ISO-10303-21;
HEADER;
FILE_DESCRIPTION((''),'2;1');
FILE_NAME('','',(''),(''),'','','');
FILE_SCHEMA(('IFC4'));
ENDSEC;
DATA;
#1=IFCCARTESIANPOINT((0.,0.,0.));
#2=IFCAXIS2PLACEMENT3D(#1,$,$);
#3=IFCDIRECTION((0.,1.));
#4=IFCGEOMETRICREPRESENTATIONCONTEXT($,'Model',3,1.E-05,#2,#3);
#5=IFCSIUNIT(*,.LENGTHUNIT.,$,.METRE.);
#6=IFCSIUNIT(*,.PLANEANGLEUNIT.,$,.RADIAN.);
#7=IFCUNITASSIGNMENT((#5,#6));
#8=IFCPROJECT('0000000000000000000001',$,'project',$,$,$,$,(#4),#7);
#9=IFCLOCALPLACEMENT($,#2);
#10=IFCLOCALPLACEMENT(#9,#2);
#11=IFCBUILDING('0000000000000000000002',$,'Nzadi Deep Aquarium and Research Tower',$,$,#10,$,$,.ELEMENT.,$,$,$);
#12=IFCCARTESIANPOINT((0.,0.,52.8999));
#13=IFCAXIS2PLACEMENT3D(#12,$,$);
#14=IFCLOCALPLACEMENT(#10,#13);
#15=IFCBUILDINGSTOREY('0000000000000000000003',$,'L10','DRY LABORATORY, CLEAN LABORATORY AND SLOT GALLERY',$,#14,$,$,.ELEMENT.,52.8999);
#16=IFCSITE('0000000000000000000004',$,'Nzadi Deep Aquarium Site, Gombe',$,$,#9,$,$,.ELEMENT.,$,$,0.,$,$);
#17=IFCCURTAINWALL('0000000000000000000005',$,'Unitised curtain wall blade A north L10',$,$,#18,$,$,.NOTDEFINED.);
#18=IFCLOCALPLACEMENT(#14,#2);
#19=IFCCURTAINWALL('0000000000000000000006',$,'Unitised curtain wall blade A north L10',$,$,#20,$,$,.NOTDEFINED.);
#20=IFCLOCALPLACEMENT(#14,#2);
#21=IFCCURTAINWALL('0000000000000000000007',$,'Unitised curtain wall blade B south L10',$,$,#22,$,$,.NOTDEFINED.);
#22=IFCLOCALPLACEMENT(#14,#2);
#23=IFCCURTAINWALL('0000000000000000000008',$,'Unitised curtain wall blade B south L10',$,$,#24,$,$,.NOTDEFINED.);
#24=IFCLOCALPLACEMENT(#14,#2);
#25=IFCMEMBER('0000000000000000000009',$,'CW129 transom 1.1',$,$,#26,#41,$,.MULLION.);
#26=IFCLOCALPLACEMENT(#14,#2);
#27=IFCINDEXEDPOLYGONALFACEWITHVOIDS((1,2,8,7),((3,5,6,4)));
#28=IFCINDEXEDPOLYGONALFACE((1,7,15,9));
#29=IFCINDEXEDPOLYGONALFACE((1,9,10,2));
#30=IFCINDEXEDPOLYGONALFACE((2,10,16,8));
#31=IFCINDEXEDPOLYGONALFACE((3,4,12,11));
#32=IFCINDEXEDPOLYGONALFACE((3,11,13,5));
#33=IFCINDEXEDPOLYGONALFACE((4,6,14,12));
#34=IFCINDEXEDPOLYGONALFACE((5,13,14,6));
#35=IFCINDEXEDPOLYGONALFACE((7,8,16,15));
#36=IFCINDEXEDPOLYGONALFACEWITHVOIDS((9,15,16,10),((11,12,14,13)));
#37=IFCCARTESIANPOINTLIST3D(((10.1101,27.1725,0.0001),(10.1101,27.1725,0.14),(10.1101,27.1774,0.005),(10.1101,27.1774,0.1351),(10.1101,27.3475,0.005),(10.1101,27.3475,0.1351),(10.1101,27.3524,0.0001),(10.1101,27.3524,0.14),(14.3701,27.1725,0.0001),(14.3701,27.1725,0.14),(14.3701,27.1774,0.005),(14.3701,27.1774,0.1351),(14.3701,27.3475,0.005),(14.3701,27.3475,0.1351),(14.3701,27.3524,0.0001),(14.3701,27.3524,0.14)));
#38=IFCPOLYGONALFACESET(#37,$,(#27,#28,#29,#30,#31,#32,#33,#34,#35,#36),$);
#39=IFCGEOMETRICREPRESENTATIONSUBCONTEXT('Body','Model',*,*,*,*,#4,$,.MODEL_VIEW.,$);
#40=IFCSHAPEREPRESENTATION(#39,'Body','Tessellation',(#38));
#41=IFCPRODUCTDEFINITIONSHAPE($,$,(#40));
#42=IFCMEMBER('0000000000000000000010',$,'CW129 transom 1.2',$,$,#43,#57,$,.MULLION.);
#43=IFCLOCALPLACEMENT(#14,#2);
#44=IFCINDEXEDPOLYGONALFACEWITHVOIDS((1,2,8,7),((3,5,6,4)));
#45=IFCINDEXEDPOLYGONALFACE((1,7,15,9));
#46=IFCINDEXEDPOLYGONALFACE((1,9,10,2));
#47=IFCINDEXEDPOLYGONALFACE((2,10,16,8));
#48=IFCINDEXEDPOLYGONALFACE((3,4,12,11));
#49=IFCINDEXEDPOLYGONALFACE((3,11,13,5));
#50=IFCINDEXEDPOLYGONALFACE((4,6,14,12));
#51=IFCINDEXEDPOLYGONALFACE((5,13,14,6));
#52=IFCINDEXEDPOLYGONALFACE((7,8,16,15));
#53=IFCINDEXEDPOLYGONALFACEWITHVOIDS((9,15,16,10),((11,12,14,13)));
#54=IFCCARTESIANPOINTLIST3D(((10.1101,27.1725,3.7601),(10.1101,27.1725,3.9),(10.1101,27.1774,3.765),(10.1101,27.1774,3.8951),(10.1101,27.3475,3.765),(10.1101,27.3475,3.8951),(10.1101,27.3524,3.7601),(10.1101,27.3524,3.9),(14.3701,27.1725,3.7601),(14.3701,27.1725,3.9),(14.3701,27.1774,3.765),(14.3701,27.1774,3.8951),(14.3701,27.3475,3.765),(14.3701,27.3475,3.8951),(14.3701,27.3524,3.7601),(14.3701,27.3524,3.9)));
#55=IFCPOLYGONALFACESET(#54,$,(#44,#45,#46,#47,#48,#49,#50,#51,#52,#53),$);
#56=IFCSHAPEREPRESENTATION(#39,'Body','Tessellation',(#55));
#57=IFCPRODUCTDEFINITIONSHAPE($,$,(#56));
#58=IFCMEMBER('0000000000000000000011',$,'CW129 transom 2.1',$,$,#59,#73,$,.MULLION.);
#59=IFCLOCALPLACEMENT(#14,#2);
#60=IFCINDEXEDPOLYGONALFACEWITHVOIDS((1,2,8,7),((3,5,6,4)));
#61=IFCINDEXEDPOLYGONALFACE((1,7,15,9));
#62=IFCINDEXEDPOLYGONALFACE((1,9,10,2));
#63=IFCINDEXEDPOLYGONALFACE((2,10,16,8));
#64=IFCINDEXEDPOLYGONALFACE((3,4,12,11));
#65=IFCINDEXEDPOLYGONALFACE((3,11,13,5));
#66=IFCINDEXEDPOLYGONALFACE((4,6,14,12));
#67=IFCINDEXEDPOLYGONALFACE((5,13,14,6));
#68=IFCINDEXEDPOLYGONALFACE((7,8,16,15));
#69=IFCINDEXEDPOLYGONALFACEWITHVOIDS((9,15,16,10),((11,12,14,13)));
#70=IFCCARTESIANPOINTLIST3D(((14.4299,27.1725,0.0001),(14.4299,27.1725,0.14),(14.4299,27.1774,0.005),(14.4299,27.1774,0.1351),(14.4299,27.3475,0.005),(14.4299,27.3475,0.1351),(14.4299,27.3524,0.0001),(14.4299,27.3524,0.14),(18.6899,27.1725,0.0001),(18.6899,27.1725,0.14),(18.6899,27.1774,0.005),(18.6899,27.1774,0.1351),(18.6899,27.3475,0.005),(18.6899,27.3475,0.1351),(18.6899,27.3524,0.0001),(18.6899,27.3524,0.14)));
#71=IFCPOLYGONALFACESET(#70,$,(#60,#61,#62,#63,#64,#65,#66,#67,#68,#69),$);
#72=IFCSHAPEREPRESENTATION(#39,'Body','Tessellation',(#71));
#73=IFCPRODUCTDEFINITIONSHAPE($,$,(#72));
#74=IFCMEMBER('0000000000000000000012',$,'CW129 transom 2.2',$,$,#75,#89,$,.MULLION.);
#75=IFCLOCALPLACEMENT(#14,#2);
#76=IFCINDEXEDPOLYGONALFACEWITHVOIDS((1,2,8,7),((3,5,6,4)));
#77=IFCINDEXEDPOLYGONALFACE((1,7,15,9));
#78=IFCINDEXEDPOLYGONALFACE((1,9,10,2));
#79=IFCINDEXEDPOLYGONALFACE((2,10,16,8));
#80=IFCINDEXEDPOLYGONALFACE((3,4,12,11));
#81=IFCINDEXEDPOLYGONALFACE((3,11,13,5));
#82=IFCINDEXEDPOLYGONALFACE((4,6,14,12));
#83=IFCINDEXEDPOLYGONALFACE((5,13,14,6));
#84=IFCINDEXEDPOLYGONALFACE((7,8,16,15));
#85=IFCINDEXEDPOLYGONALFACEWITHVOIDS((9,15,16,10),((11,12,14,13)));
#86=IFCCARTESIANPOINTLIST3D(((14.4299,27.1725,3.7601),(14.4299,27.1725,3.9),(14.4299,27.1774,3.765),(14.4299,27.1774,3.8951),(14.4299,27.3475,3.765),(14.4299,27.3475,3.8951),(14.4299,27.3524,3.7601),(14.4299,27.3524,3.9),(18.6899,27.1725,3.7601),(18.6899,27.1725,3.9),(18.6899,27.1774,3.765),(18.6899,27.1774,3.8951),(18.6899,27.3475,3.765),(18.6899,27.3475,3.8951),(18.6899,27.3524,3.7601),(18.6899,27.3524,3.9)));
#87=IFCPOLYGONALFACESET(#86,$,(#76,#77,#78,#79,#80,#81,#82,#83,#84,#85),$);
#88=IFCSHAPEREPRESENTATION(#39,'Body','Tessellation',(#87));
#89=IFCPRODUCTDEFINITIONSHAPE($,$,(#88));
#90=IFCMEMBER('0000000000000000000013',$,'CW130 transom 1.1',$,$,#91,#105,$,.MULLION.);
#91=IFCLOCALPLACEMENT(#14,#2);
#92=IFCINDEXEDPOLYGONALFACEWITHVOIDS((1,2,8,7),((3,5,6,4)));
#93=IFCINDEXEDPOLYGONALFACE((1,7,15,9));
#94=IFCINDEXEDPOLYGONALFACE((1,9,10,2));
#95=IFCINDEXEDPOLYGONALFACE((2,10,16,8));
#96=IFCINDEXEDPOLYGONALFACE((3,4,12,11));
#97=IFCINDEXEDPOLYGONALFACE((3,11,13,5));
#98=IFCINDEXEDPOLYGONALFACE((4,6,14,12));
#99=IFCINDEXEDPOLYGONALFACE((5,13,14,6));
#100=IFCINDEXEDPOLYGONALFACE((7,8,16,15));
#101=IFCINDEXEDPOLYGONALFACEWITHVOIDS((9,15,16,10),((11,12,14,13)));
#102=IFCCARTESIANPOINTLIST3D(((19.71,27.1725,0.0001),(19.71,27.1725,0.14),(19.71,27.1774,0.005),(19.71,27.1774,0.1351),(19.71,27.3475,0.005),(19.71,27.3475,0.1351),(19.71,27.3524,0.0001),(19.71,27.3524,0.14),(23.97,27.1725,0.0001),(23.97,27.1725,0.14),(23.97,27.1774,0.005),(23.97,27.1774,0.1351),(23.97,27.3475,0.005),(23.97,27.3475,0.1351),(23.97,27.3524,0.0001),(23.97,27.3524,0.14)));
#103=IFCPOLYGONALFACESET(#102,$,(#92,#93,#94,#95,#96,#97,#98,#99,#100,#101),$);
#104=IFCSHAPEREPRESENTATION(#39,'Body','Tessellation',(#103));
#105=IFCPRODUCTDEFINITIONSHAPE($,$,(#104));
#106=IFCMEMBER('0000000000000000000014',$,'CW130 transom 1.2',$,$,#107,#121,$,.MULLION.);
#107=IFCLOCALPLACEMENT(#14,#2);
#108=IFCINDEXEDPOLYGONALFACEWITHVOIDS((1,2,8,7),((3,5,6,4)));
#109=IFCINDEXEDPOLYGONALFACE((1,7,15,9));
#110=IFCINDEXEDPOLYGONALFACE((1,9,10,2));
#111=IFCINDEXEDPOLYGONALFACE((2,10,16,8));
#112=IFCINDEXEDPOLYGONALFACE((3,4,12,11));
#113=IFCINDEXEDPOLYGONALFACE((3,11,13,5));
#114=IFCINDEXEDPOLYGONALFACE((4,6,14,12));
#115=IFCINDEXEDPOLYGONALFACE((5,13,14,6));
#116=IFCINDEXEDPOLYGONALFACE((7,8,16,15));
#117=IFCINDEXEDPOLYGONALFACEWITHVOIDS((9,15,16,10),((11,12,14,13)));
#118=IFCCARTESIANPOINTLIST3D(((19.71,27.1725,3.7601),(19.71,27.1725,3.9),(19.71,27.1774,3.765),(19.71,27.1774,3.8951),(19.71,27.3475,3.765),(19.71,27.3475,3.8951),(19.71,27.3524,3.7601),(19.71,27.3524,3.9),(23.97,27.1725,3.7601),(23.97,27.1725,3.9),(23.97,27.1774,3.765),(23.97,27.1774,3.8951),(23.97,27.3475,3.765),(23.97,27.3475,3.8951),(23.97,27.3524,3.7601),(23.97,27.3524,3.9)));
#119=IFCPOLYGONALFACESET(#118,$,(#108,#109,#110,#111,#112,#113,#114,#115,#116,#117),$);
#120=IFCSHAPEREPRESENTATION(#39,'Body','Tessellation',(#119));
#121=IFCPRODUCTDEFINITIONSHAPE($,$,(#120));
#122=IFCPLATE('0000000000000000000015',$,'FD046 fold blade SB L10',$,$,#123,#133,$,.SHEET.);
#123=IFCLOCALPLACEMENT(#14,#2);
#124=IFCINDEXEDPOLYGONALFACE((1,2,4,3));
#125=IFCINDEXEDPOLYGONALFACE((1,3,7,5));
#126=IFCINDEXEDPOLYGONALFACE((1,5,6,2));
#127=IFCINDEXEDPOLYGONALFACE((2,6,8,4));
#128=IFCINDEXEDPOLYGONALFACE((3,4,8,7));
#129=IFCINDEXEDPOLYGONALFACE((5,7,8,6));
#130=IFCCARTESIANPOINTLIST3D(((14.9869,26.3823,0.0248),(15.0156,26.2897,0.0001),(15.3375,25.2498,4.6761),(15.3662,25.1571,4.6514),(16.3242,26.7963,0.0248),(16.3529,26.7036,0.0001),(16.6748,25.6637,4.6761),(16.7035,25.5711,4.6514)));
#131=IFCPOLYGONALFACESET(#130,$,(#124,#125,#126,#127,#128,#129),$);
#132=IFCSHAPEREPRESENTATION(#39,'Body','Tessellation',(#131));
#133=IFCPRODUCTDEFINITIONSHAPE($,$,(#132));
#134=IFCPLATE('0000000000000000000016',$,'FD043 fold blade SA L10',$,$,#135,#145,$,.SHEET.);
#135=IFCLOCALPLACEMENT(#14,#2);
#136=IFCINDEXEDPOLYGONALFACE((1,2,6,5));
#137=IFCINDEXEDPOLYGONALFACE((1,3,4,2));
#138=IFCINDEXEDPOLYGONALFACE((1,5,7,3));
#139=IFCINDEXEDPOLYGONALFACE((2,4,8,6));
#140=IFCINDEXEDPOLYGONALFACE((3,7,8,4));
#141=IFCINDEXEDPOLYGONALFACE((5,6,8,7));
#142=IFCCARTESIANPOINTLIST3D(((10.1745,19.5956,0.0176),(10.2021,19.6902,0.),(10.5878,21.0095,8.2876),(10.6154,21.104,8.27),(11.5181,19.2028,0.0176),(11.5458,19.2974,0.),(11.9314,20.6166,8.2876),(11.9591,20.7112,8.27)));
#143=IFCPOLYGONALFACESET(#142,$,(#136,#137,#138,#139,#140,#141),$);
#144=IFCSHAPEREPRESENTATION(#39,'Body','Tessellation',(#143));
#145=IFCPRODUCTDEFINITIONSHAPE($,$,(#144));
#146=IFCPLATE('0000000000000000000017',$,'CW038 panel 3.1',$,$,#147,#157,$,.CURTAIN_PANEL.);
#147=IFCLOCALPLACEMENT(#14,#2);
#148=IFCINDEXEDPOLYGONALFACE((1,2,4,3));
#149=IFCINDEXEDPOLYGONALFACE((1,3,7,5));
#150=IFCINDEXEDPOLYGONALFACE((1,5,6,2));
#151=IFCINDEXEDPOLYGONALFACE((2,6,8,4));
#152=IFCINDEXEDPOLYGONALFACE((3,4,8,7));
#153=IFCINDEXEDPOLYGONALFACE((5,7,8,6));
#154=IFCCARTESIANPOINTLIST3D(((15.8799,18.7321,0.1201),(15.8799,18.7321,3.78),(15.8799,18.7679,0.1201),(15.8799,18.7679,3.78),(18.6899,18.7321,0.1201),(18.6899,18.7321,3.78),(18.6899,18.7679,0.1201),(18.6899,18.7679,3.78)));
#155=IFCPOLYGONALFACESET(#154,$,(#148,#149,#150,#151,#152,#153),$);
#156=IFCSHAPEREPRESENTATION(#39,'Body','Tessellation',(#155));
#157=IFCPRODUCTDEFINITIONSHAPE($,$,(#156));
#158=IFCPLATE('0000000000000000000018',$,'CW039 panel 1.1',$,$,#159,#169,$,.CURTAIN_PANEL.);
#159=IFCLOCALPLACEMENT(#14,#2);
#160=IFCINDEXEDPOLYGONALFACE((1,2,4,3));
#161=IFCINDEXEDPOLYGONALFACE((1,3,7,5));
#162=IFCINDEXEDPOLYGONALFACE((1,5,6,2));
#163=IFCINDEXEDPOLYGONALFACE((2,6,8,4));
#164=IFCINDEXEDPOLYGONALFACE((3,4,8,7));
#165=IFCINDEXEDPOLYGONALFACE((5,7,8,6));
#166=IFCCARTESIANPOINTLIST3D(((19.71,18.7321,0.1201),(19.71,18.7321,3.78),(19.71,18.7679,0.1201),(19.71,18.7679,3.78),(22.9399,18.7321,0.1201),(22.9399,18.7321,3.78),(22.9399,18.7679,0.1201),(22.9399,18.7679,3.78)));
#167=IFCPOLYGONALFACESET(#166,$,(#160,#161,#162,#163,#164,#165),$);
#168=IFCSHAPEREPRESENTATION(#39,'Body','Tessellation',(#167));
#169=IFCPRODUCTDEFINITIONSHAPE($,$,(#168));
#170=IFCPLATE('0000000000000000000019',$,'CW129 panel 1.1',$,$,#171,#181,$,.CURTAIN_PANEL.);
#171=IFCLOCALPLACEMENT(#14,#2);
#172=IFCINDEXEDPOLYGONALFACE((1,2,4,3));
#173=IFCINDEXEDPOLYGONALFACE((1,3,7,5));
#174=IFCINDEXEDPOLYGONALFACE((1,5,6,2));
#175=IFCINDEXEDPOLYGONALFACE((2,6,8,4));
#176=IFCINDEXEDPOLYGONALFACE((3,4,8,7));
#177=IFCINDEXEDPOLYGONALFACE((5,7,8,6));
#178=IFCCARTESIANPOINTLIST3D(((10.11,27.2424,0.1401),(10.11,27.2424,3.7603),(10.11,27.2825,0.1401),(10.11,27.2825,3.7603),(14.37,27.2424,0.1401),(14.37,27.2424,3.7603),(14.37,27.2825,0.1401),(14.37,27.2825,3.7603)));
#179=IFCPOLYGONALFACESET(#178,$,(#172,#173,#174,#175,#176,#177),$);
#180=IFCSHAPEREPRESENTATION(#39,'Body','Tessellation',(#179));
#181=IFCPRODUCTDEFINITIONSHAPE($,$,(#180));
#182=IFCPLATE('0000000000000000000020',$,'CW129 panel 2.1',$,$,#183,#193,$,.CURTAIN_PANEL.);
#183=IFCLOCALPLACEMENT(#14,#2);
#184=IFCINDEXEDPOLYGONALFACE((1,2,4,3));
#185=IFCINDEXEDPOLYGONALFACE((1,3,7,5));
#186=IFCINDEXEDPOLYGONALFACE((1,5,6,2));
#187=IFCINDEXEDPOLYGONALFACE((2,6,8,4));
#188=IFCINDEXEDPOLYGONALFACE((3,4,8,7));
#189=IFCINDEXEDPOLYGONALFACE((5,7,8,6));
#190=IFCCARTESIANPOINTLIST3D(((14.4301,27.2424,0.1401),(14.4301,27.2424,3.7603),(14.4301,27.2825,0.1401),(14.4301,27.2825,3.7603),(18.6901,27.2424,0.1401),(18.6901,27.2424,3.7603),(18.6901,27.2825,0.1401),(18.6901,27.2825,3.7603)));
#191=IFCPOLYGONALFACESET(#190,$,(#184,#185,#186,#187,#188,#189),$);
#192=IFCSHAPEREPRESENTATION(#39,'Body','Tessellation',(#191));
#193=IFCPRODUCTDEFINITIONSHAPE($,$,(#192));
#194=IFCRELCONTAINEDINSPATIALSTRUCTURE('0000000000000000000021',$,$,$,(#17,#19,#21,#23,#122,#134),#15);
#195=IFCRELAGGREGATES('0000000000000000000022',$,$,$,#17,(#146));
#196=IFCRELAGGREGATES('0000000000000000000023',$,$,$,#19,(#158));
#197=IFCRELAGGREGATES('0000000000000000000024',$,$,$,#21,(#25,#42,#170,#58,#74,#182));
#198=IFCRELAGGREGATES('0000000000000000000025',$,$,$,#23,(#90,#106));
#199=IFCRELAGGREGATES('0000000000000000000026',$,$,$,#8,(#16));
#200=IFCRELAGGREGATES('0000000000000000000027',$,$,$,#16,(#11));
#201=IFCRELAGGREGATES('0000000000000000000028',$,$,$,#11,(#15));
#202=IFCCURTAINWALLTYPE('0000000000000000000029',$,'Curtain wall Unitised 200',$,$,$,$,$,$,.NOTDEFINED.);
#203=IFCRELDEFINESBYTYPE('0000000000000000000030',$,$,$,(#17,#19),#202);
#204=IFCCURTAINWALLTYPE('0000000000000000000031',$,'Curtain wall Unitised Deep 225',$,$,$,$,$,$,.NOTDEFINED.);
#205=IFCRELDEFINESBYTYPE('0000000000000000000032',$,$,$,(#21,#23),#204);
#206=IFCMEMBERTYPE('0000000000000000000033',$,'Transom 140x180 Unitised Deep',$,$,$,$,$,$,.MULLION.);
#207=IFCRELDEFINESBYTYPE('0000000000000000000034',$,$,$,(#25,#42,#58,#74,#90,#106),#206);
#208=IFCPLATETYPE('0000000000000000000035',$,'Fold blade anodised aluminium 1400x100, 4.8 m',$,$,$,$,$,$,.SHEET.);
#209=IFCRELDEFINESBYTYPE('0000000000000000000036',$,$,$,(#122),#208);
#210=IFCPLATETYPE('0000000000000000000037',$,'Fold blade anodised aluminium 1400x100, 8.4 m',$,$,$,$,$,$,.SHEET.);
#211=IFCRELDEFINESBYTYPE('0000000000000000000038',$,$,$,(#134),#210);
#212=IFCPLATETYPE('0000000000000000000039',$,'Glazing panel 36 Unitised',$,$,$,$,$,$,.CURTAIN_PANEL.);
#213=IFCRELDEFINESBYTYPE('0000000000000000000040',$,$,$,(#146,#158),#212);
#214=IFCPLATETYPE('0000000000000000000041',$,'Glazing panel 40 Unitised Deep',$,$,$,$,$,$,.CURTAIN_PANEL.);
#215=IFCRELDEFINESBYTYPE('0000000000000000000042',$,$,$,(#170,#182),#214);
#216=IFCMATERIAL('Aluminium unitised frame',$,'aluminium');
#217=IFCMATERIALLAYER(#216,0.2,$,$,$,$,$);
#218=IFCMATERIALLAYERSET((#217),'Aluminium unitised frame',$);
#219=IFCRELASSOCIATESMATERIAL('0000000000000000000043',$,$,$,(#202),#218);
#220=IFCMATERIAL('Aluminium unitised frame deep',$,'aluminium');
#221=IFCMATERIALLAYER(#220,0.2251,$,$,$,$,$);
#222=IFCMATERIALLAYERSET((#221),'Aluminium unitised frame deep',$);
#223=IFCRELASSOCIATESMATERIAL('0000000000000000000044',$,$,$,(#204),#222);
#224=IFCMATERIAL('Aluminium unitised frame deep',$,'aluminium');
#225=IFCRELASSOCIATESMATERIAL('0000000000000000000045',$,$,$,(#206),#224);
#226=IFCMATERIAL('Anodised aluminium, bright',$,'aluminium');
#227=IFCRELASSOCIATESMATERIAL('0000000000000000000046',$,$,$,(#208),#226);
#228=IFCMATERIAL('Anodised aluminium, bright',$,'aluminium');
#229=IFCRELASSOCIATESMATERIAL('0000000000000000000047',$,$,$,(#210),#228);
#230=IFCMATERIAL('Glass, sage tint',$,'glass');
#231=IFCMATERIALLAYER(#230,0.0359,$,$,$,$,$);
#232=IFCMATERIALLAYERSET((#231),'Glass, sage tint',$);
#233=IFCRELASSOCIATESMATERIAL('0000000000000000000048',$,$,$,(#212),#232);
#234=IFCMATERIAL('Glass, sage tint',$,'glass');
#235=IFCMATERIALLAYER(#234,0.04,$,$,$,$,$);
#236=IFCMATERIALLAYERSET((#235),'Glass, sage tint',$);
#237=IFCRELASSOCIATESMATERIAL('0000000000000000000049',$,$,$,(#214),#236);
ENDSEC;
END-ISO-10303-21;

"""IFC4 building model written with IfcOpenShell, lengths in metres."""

from ifc_helpers import new_model, si_unit, direction, frame, origin, origin_2d, place, context, subcontext, project, spatial, rectangle, hollow_rectangle, extrude, material, layer, layer_set, material_profile, profile_set, type_object, element, aggregate, save


model = new_model("IFC4")

# Units and contexts
model_context = context("Model", 3, precision=1e-05, world=origin(), true_north=direction((0.0, 1.0)))
body_context = subcontext(model_context, "Body", "Model", "MODEL_VIEW")
ifc_project = project(units=[si_unit("LENGTHUNIT", "METRE"), si_unit("PLANEANGLEUNIT", "RADIAN")], contexts=[model_context])

# Site, building, storey
site_placement = place(None, origin())
site = spatial("IfcSite", under=ifc_project, at=site_placement, Name="Nzadi Deep Aquarium Site, Gombe", CompositionType="ELEMENT", RefElevation=0.0)
building_placement = place(site_placement, origin())
building = spatial("IfcBuilding", under=site, at=building_placement, Name="Nzadi Deep Aquarium and Research Tower", CompositionType="ELEMENT")
storey_placement = place(building_placement, frame((0.0, 0.0, 52.8999)))
storey = spatial("IfcBuildingStorey", under=building, at=storey_placement, Name="L10", Description="DRY LABORATORY, CLEAN LABORATORY AND SLOT GALLERY", CompositionType="ELEMENT", Elevation=52.8999)

# Curtain wall
ifc_material_1 = material(Name="Aluminium unitised frame", Category="aluminium")
ifc_layer_1 = layer(ifc_material_1, 0.2)
ifc_layer_set_1 = layer_set([ifc_layer_1], Name="Aluminium unitised frame")
curtain_wall_type_1 = type_object("IfcCurtainWallType", Name="Curtain wall Unitised 200", PredefinedType="NOTDEFINED", material=ifc_layer_set_1)
curtain_wall_1_placement = place(storey_placement, origin())
curtain_wall_1 = element("IfcCurtainWall", 1, at=curtain_wall_1_placement, inside=storey, type_object=curtain_wall_type_1, Name="Unitised curtain wall blade A north L10", PredefinedType="NOTDEFINED")

# Curtain walls
curtain_wall_2_placement = place(storey_placement, origin())
curtain_wall_2 = element("IfcCurtainWall", 2, at=curtain_wall_2_placement, inside=storey, type_object=curtain_wall_type_1, Name="Unitised curtain wall blade A north L10", PredefinedType="NOTDEFINED")
ifc_material_2 = material(Name="Aluminium unitised frame deep", Category="aluminium")
ifc_layer_2 = layer(ifc_material_2, 0.2251)
ifc_layer_set_2 = layer_set([ifc_layer_2], Name="Aluminium unitised frame deep")
curtain_wall_type_2 = type_object("IfcCurtainWallType", Name="Curtain wall Unitised Deep 225", PredefinedType="NOTDEFINED", material=ifc_layer_set_2)
curtain_wall_3_placement = place(storey_placement, origin())
curtain_wall_3 = element("IfcCurtainWall", 3, at=curtain_wall_3_placement, inside=storey, type_object=curtain_wall_type_2, Name="Unitised curtain wall blade B south L10", PredefinedType="NOTDEFINED")

# Curtain wall
curtain_wall_4_placement = place(storey_placement, origin())
curtain_wall_4 = element("IfcCurtainWall", 4, at=curtain_wall_4_placement, inside=storey, type_object=curtain_wall_type_2, Name="Unitised curtain wall blade B south L10", PredefinedType="NOTDEFINED")

# Members
ifc_material_3 = material(Name="Aluminium unitised frame deep", Category="aluminium")
ifc_material_profile_1 = material_profile(ifc_material_3, hollow_rectangle(XDim=0.1799, YDim=0.1399, WallThickness=0.0049, at=origin_2d()))
ifc_profile_set_1 = profile_set([ifc_material_profile_1], Name="Aluminium unitised frame deep")
member_type_1 = type_object("IfcMemberType", Name="Transom 140x180 Unitised Deep", PredefinedType="MULLION", material=ifc_profile_set_1)
member_1_placement = place(storey_placement, frame((10.1101, 27.2625, 0.0701), z_axis=(1.0, 0.0, 0.0), x_axis=(0.0, 1.0, 0.0)))
member_1 = element("IfcMember", 5, at=member_1_placement, type_object=member_type_1, Name="CW129 transom 1.1", PredefinedType="MULLION", context=body_context, shape_type="SweptSolid", body=[
    extrude(hollow_rectangle(XDim=0.1799, YDim=0.1399, WallThickness=0.0049, at=origin_2d()), origin(), (0.0, 0.0, 1.0), 4.26),
])
member_2_placement = place(storey_placement, frame((10.1101, 27.2625, 3.8301), z_axis=(1.0, 0.0, 0.0), x_axis=(0.0, 1.0, 0.0)))
member_2 = element("IfcMember", 6, at=member_2_placement, type_object=member_type_1, Name="CW129 transom 1.2", PredefinedType="MULLION", context=body_context, shape_type="SweptSolid", body=[
    extrude(hollow_rectangle(XDim=0.1799, YDim=0.1399, WallThickness=0.0049, at=origin_2d()), origin(), (0.0, 0.0, 1.0), 4.26),
])
member_3_placement = place(storey_placement, frame((14.4299, 27.2625, 0.0701), z_axis=(1.0, 0.0, 0.0), x_axis=(0.0, 1.0, 0.0)))
member_3 = element("IfcMember", 7, at=member_3_placement, type_object=member_type_1, Name="CW129 transom 2.1", PredefinedType="MULLION", context=body_context, shape_type="SweptSolid", body=[
    extrude(hollow_rectangle(XDim=0.1799, YDim=0.1399, WallThickness=0.0049, at=origin_2d()), origin(), (0.0, 0.0, 1.0), 4.26),
])
member_4_placement = place(storey_placement, frame((14.4299, 27.2625, 3.8301), z_axis=(1.0, 0.0, 0.0), x_axis=(0.0, 1.0, 0.0)))
member_4 = element("IfcMember", 8, at=member_4_placement, type_object=member_type_1, Name="CW129 transom 2.2", PredefinedType="MULLION", context=body_context, shape_type="SweptSolid", body=[
    extrude(hollow_rectangle(XDim=0.1799, YDim=0.1399, WallThickness=0.0049, at=origin_2d()), origin(), (0.0, 0.0, 1.0), 4.26),
])
member_5_placement = place(storey_placement, frame((19.71, 27.2625, 0.0701), z_axis=(1.0, 0.0, 0.0), x_axis=(0.0, 1.0, 0.0)))
member_5 = element("IfcMember", 9, at=member_5_placement, type_object=member_type_1, Name="CW130 transom 1.1", PredefinedType="MULLION", context=body_context, shape_type="SweptSolid", body=[
    extrude(hollow_rectangle(XDim=0.1799, YDim=0.1399, WallThickness=0.0049, at=origin_2d()), origin(), (0.0, 0.0, 1.0), 4.26),
])
member_6_placement = place(storey_placement, frame((19.71, 27.2625, 3.8301), z_axis=(1.0, 0.0, 0.0), x_axis=(0.0, 1.0, 0.0)))
member_6 = element("IfcMember", 10, at=member_6_placement, type_object=member_type_1, Name="CW130 transom 1.2", PredefinedType="MULLION", context=body_context, shape_type="SweptSolid", body=[
    extrude(hollow_rectangle(XDim=0.1799, YDim=0.1399, WallThickness=0.0049, at=origin_2d()), origin(), (0.0, 0.0, 1.0), 4.26),
])

# Plates
ifc_material_4 = material(Name="Anodised aluminium, bright", Category="aluminium")
ifc_material_profile_2 = material_profile(ifc_material_4, rectangle(XDim=1.3999, YDim=0.1001, at=origin_2d()))
ifc_profile_set_2 = profile_set([ifc_material_profile_2], Name="Anodised aluminium, bright")
plate_type_1 = type_object("IfcPlateType", Name="Fold blade anodised aluminium 1400x100, 4.8 m", PredefinedType="SHEET", material=ifc_profile_set_2)
plate_1_placement = place(storey_placement, frame((15.6699, 26.543, 0.0125), z_axis=(0.073037, -0.235947, 0.969017), x_axis=(0.955279, 0.295706, 0.0)))
element("IfcPlate", 11, at=plate_1_placement, inside=storey, type_object=plate_type_1, Name="FD046 fold blade SB L10", PredefinedType="SHEET", context=body_context, shape_type="SweptSolid", body=[
    extrude(rectangle(XDim=1.3999, YDim=0.1001, at=origin_2d()), origin(), (0.0, 0.0, 1.0), 4.8),
])
ifc_material_5 = material(Name="Anodised aluminium, bright", Category="aluminium")
ifc_material_profile_3 = material_profile(ifc_material_5, rectangle(XDim=1.3999, YDim=0.1001, at=origin_2d()))
ifc_profile_set_3 = profile_set([ifc_material_profile_3], Name="Anodised aluminium, bright")
plate_type_2 = type_object("IfcPlateType", Name="Fold blade anodised aluminium 1400x100, 8.4 m", PredefinedType="SHEET", material=ifc_profile_set_3)
plate_2_placement = place(storey_placement, frame((10.8601, 19.4465, 0.0088), z_axis=(0.049205, 0.168308, 0.984506), x_axis=(-0.959823, 0.280605, 0.0)))
element("IfcPlate", 12, at=plate_2_placement, inside=storey, type_object=plate_type_2, Name="FD043 fold blade SA L10", PredefinedType="SHEET", context=body_context, shape_type="SweptSolid", body=[
    extrude(rectangle(XDim=1.3999, YDim=0.1001, at=origin_2d()), origin(), (0.0, 0.0, 1.0), 8.4001),
])

# Plates
ifc_material_6 = material(Name="Glass, sage tint", Category="glass")
ifc_layer_3 = layer(ifc_material_6, 0.0359)
ifc_layer_set_3 = layer_set([ifc_layer_3], Name="Glass, sage tint")
plate_type_3 = type_object("IfcPlateType", Name="Glazing panel 36 Unitised", PredefinedType="CURTAIN_PANEL", material=ifc_layer_set_3)
plate_3_placement = place(storey_placement, frame((17.2849, 18.75, 0.1201), z_axis=(0.0, 0.0, 1.0), x_axis=(1.0, 0.0, 0.0)))
plate_3 = element("IfcPlate", 13, at=plate_3_placement, type_object=plate_type_3, Name="CW038 panel 3.1", PredefinedType="CURTAIN_PANEL", context=body_context, shape_type="SweptSolid", body=[
    extrude(rectangle(XDim=2.8101, YDim=0.0359, at=origin_2d()), origin(), (0.0, 0.0, 1.0), 3.6599),
])
aggregate(curtain_wall_1, [plate_3])
plate_4_placement = place(storey_placement, frame((21.325, 18.75, 0.1201), z_axis=(0.0, 0.0, 1.0), x_axis=(1.0, 0.0, 0.0)))
plate_4 = element("IfcPlate", 14, at=plate_4_placement, type_object=plate_type_3, Name="CW039 panel 1.1", PredefinedType="CURTAIN_PANEL", context=body_context, shape_type="SweptSolid", body=[
    extrude(rectangle(XDim=3.23, YDim=0.0359, at=origin_2d()), origin(), (0.0, 0.0, 1.0), 3.6599),
])
aggregate(curtain_wall_2, [plate_4])
ifc_material_7 = material(Name="Glass, sage tint", Category="glass")
ifc_layer_4 = layer(ifc_material_7, 0.04)
ifc_layer_set_4 = layer_set([ifc_layer_4], Name="Glass, sage tint")
plate_type_4 = type_object("IfcPlateType", Name="Glazing panel 40 Unitised Deep", PredefinedType="CURTAIN_PANEL", material=ifc_layer_set_4)
plate_5_placement = place(storey_placement, frame((12.24, 27.2625, 0.1401), z_axis=(0.0, 0.0, 1.0), x_axis=(1.0, 0.0, 0.0)))
plate_5 = element("IfcPlate", 15, at=plate_5_placement, type_object=plate_type_4, Name="CW129 panel 1.1", PredefinedType="CURTAIN_PANEL", context=body_context, shape_type="SweptSolid", body=[
    extrude(rectangle(XDim=4.26, YDim=0.04, at=origin_2d()), origin(), (0.0, 0.0, 1.0), 3.6201),
])
plate_6_placement = place(storey_placement, frame((16.5601, 27.2625, 0.1401), z_axis=(0.0, 0.0, 1.0), x_axis=(1.0, 0.0, 0.0)))
plate_6 = element("IfcPlate", 16, at=plate_6_placement, type_object=plate_type_4, Name="CW129 panel 2.1", PredefinedType="CURTAIN_PANEL", context=body_context, shape_type="SweptSolid", body=[
    extrude(rectangle(XDim=4.26, YDim=0.04, at=origin_2d()), origin(), (0.0, 0.0, 1.0), 3.6201),
])
aggregate(curtain_wall_3, [member_1, member_2, plate_5, member_3, member_4, plate_6])
aggregate(curtain_wall_4, [member_5, member_6])

save(model, "model.ifc")
